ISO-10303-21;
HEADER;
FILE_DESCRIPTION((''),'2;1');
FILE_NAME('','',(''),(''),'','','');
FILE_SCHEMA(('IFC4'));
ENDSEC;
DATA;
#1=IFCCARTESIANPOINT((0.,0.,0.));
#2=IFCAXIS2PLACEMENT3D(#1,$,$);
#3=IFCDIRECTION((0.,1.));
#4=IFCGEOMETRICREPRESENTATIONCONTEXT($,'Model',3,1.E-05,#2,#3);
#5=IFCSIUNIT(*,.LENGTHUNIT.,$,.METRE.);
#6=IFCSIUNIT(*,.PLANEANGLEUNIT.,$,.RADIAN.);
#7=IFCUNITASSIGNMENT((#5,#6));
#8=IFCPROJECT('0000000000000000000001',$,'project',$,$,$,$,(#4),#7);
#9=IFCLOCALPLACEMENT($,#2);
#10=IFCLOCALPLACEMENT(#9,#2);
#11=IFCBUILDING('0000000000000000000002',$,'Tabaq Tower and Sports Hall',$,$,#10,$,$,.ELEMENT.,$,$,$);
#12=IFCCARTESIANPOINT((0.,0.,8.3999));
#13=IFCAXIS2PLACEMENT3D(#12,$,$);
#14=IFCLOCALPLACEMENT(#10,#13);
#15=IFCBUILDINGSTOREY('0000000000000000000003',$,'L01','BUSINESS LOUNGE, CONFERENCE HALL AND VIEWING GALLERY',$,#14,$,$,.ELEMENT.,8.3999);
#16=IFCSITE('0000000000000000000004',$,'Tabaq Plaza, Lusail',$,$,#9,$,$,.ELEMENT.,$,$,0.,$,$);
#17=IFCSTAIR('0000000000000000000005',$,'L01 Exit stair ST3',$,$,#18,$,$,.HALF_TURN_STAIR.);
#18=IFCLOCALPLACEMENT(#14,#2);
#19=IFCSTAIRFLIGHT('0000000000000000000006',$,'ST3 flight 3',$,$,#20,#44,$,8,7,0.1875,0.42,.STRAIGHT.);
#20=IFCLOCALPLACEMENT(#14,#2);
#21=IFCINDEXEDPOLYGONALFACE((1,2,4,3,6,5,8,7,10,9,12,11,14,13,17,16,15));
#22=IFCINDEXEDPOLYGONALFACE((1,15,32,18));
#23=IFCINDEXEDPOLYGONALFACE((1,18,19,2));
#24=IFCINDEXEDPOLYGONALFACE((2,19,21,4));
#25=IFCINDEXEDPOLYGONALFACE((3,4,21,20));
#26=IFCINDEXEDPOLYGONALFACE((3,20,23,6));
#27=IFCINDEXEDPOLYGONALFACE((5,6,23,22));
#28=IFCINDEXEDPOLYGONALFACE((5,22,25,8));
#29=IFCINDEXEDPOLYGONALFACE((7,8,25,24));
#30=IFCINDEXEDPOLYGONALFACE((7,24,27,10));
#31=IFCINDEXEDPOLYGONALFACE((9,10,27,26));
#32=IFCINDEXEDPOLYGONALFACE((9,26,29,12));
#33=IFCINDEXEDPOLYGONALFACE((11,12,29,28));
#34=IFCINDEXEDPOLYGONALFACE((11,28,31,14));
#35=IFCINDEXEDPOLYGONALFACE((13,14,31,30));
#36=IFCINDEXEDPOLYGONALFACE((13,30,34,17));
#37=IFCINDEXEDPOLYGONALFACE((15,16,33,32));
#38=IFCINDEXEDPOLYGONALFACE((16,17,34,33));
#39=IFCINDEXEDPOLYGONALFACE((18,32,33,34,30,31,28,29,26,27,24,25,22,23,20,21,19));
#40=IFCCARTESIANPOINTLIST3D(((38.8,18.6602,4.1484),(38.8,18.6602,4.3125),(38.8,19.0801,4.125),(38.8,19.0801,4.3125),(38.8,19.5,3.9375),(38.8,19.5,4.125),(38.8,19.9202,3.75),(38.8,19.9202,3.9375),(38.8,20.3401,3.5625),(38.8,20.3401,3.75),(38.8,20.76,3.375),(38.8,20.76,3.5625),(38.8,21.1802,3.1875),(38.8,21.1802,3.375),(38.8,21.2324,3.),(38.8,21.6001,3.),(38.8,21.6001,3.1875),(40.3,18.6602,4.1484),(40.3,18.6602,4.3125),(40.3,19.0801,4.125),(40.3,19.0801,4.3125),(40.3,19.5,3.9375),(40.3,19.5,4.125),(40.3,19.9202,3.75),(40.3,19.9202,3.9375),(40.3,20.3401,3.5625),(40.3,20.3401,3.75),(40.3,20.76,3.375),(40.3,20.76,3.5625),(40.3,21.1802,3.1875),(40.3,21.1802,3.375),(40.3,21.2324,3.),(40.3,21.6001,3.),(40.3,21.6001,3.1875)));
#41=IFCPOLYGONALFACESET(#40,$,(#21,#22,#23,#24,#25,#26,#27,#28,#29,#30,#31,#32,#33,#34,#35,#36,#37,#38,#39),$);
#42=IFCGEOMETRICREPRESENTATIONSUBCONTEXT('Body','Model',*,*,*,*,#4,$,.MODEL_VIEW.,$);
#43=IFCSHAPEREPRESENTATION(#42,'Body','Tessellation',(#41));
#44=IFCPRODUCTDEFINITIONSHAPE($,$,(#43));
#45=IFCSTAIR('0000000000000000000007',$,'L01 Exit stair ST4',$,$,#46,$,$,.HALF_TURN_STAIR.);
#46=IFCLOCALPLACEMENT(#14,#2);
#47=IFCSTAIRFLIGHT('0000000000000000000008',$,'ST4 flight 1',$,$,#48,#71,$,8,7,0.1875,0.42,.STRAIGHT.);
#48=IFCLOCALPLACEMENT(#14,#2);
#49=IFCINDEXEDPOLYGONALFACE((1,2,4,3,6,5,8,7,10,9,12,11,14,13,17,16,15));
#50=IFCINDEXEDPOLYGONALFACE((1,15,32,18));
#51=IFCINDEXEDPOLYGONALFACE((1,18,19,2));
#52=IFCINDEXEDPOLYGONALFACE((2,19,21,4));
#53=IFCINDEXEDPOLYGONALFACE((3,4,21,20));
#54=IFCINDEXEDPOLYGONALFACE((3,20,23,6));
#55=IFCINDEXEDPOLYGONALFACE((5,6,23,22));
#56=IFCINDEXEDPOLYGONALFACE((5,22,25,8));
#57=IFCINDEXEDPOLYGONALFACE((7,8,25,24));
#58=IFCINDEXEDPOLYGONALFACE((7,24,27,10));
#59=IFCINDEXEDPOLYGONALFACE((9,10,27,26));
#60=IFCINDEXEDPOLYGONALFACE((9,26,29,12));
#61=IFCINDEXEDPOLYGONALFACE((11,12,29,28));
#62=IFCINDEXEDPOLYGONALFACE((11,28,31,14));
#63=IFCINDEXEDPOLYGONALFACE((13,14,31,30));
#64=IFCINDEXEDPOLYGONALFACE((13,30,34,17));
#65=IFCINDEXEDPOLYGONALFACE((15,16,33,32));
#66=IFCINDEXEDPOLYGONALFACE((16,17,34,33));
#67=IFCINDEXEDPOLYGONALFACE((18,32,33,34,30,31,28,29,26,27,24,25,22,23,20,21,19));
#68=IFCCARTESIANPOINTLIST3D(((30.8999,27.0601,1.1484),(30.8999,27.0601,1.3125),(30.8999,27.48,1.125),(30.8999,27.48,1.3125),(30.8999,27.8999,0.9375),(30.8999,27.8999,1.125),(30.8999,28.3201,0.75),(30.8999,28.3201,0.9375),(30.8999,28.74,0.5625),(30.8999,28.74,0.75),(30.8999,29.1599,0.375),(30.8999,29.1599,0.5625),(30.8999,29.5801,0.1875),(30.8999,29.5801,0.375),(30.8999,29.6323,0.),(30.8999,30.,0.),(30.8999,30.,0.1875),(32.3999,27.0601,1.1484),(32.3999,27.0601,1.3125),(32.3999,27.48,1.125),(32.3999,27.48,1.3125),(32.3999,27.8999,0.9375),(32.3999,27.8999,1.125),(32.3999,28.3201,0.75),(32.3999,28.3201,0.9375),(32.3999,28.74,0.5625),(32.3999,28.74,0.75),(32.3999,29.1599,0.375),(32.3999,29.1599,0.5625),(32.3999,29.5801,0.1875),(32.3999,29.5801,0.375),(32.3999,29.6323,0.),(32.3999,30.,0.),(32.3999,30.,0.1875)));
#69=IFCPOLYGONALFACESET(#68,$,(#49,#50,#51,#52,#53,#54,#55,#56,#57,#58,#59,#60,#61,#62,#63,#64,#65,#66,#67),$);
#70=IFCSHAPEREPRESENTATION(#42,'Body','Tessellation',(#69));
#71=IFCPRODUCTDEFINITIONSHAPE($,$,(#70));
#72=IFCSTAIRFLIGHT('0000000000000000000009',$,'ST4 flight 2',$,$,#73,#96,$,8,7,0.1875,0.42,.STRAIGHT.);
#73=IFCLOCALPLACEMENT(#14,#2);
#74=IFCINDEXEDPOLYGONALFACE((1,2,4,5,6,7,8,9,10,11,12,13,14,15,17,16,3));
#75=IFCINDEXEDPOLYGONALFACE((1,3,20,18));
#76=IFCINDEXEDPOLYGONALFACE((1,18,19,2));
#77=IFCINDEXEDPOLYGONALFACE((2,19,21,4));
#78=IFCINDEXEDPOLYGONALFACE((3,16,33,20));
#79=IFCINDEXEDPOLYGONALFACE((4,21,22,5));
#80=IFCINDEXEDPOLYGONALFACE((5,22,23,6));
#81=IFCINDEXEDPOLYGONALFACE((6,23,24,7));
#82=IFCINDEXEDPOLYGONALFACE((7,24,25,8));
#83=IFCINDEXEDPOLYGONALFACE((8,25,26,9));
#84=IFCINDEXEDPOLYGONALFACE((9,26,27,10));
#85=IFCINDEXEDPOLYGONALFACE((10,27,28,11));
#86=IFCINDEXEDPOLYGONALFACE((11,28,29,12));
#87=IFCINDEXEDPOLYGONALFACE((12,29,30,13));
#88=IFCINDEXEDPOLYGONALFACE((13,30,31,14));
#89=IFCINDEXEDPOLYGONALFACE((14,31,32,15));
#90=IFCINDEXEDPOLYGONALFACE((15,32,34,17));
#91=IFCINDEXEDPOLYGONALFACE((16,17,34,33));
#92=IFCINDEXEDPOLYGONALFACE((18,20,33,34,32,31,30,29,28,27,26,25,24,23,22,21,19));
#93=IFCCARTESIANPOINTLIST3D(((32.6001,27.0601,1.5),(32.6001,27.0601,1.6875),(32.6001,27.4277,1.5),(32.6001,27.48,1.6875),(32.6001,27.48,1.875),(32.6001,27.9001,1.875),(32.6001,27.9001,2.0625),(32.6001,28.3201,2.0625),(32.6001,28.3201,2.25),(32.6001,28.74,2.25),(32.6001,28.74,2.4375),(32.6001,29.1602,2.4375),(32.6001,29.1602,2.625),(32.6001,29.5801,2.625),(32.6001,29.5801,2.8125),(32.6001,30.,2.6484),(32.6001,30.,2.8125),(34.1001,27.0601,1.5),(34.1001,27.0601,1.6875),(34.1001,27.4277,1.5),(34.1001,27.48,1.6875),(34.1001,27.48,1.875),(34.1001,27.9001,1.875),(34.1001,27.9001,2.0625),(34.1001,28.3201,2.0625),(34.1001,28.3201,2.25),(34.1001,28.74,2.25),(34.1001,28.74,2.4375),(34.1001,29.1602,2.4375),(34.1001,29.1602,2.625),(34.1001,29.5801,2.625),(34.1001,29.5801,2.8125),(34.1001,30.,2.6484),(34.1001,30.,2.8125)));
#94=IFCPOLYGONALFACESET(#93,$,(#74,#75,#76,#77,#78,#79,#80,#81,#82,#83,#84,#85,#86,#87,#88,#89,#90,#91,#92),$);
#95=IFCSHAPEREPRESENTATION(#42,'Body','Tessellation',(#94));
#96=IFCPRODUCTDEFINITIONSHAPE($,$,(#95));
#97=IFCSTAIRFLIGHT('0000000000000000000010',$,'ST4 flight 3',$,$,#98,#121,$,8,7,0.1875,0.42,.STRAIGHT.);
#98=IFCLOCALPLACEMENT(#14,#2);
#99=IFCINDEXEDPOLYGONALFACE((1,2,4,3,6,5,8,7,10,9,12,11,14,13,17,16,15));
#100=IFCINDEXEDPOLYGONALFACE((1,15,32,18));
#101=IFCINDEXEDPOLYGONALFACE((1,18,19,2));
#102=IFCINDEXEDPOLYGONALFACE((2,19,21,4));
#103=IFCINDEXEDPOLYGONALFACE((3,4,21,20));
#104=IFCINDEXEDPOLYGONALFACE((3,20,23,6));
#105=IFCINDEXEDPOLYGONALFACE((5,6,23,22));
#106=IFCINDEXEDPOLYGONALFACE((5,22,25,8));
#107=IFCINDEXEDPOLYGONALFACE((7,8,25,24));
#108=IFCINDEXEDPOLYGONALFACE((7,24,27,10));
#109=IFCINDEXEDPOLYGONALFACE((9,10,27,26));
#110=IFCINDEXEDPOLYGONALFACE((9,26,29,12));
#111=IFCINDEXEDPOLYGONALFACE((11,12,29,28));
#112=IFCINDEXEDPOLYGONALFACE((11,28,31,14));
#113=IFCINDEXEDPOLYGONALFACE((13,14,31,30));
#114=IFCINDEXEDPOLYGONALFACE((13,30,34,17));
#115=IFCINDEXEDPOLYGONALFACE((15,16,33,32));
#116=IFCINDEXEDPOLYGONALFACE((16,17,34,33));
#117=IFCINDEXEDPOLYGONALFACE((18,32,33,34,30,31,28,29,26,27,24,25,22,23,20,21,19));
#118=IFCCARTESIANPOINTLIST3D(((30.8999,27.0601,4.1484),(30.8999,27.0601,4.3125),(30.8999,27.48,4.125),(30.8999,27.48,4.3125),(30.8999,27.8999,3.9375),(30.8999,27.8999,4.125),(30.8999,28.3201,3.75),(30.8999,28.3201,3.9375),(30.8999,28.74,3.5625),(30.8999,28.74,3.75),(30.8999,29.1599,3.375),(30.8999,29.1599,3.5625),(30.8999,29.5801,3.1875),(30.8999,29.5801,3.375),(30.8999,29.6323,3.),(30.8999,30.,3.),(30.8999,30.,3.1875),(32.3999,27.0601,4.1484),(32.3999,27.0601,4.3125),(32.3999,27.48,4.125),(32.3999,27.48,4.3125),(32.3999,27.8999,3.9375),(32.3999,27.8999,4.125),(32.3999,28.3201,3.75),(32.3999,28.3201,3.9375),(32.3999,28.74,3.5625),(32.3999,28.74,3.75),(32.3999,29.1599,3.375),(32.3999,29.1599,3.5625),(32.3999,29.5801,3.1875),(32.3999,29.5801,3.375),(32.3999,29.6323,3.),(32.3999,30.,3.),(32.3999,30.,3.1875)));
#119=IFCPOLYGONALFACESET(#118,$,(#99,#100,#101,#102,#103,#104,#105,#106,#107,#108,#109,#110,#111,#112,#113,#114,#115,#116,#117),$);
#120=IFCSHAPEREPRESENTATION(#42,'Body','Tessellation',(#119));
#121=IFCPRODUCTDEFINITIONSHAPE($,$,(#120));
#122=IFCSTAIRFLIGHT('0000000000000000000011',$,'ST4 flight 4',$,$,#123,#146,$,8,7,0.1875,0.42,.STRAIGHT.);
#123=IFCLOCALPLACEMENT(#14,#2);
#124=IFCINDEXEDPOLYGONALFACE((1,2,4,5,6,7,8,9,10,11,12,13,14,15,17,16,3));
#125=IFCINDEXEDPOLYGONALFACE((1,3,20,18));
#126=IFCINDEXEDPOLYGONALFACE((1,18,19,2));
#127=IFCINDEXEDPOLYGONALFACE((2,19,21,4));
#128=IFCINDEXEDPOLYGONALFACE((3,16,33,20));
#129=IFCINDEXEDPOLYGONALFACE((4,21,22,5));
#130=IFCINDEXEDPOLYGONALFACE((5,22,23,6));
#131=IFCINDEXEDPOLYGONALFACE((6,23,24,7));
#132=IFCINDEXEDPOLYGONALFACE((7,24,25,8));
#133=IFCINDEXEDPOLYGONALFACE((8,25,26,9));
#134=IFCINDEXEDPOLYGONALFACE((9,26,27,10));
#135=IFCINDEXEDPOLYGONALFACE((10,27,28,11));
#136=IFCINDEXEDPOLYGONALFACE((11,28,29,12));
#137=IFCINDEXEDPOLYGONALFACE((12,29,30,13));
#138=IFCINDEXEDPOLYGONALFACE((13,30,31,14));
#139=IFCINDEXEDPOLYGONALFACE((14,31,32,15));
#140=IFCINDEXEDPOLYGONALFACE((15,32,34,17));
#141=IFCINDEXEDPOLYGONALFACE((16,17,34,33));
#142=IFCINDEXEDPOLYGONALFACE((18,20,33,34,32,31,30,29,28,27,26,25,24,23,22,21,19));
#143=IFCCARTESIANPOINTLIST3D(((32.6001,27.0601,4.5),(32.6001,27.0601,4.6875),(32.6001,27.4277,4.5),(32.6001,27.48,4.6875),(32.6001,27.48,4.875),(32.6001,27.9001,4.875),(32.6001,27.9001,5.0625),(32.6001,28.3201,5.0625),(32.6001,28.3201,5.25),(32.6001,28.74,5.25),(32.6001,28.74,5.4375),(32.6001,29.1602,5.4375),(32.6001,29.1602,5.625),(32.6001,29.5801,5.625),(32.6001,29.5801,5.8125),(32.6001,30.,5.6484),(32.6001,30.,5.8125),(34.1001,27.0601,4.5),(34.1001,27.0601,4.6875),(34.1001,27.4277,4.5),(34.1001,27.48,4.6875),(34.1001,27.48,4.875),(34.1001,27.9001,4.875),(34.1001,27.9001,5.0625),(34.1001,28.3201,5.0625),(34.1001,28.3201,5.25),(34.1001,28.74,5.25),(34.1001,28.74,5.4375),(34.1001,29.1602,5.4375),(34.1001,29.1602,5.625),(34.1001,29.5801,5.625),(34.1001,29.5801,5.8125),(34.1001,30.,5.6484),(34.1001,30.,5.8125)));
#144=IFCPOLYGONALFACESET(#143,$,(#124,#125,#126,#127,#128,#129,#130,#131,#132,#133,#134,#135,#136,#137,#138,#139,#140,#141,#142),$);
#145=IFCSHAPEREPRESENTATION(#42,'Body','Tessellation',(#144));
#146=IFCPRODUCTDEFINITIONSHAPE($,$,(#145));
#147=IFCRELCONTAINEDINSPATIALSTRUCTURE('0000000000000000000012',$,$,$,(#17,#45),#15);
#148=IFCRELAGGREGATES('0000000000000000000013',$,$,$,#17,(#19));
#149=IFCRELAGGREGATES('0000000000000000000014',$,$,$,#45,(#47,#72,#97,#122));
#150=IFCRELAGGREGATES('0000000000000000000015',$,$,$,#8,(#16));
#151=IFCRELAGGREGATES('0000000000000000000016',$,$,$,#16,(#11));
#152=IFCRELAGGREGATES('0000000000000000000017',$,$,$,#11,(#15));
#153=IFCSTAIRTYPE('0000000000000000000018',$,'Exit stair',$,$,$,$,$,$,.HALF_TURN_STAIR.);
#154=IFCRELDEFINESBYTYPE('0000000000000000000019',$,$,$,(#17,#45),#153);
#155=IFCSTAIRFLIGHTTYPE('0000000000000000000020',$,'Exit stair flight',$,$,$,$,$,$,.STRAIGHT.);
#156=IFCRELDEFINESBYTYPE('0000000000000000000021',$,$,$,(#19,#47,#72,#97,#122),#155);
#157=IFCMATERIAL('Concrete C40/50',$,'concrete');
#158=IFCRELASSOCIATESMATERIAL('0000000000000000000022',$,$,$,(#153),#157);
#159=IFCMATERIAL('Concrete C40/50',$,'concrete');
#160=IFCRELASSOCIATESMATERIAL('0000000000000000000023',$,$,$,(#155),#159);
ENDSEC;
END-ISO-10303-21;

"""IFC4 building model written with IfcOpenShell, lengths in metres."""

from ifc_helpers import new_model, si_unit, direction, frame, origin, place, context, subcontext, project, spatial, polyline, outline, extrude, material, type_object, element, aggregate, save


model = new_model("IFC4")

# Units and contexts
model_context = context("Model", 3, precision=1e-05, world=origin(), true_north=direction((0.0, 1.0)))
body_context = subcontext(model_context, "Body", "Model", "MODEL_VIEW")
ifc_project = project(units=[si_unit("LENGTHUNIT", "METRE"), si_unit("PLANEANGLEUNIT", "RADIAN")], contexts=[model_context])

# Site, building, storey
site_placement = place(None, origin())
site = spatial("IfcSite", under=ifc_project, at=site_placement, Name="Tabaq Plaza, Lusail", CompositionType="ELEMENT", RefElevation=0.0)
building_placement = place(site_placement, origin())
building = spatial("IfcBuilding", under=site, at=building_placement, Name="Tabaq Tower and Sports Hall", CompositionType="ELEMENT")
storey_placement = place(building_placement, frame((0.0, 0.0, 8.3999)))
storey = spatial("IfcBuildingStorey", under=building, at=storey_placement, Name="L01", Description="BUSINESS LOUNGE, CONFERENCE HALL AND VIEWING GALLERY", CompositionType="ELEMENT", Elevation=8.3999)

# Stairs, stair flights
ifc_material_1 = material(Name="Concrete C40/50", Category="concrete")
stair_type = type_object("IfcStairType", Name="Exit stair", PredefinedType="HALF_TURN_STAIR", material=ifc_material_1)
stair_1_placement = place(storey_placement, origin())
stair_1 = element("IfcStair", 1, at=stair_1_placement, inside=storey, type_object=stair_type, Name="L01 Exit stair ST3", PredefinedType="HALF_TURN_STAIR")
ifc_material_2 = material(Name="Concrete C40/50", Category="concrete")
stair_flight_type = type_object("IfcStairFlightType", Name="Exit stair flight", PredefinedType="STRAIGHT", material=ifc_material_2)
stair_flight_1_placement = place(storey_placement, frame((39.55, 21.6001, 3.0), z_axis=(0.0, 0.0, 1.0), x_axis=(0.0, -1.0, 0.0)))
stair_flight_1 = element("IfcStairFlight", 2, at=stair_flight_1_placement, type_object=stair_flight_type, Name="ST3 flight 3", NumberOfRisers=8, NumberOfTreads=7, PredefinedType="STRAIGHT", RiserHeight=0.1875, TreadLength=0.42, context=body_context, shape_type="SweptSolid", body=[
    extrude(outline(polyline([(0.0, 0.0), (0.0, 0.1875), (0.4199, 0.1875), (0.4199, 0.375), (0.8401, 0.375), (0.8401, 0.5625), (1.26, 0.5625), (1.26, 0.75), (1.6799, 0.75), (1.6799, 0.9375), (2.1001, 0.9375), (2.1001, 1.125), (2.52, 1.125), (2.52, 1.3125), (2.9399, 1.3125), (2.9399, 1.5), (2.9399, 1.1484), (0.3677, 0.0), (0.0, 0.0)])), frame((0.0, 0.75, 0.0), z_axis=(0.0, -1.0, 0.0), x_axis=(1.0, 0.0, 0.0)), (0.0, 0.0, 1.0), 1.5),
])
aggregate(stair_1, [stair_flight_1])
stair_2_placement = place(storey_placement, origin())
stair_2 = element("IfcStair", 3, at=stair_2_placement, inside=storey, type_object=stair_type, Name="L01 Exit stair ST4", PredefinedType="HALF_TURN_STAIR")
stair_flight_2_placement = place(storey_placement, frame((31.6499, 30.0, 0.0), z_axis=(0.0, 0.0, 1.0), x_axis=(0.0, -1.0, 0.0)))
stair_flight_2 = element("IfcStairFlight", 4, at=stair_flight_2_placement, type_object=stair_flight_type, Name="ST4 flight 1", NumberOfRisers=8, NumberOfTreads=7, PredefinedType="STRAIGHT", RiserHeight=0.1875, TreadLength=0.42, context=body_context, shape_type="SweptSolid", body=[
    extrude(outline(polyline([(0.0, 0.0), (0.0, 0.1875), (0.4199, 0.1875), (0.4199, 0.375), (0.8401, 0.375), (0.8401, 0.5625), (1.26, 0.5625), (1.26, 0.75), (1.6799, 0.75), (1.6799, 0.9375), (2.1001, 0.9375), (2.1001, 1.125), (2.52, 1.125), (2.52, 1.3125), (2.9399, 1.3125), (2.9399, 1.5), (2.9399, 1.1484), (0.3677, 0.0), (0.0, 0.0)])), frame((0.0, 0.75, 0.0), z_axis=(0.0, -1.0, 0.0), x_axis=(1.0, 0.0, 0.0)), (0.0, 0.0, 1.0), 1.5),
])
stair_flight_3_placement = place(storey_placement, frame((33.3501, 27.0601, 1.5), z_axis=(0.0, 0.0, 1.0), x_axis=(0.0, 1.0, 0.0)))
stair_flight_3 = element("IfcStairFlight", 5, at=stair_flight_3_placement, type_object=stair_flight_type, Name="ST4 flight 2", NumberOfRisers=8, NumberOfTreads=7, PredefinedType="STRAIGHT", RiserHeight=0.1875, TreadLength=0.42, context=body_context, shape_type="SweptSolid", body=[
    extrude(outline(polyline([(0.0, 0.0), (0.0, 0.1875), (0.4199, 0.1875), (0.4199, 0.375), (0.8401, 0.375), (0.8401, 0.5625), (1.26, 0.5625), (1.26, 0.75), (1.6799, 0.75), (1.6799, 0.9375), (2.1001, 0.9375), (2.1001, 1.125), (2.52, 1.125), (2.52, 1.3125), (2.9399, 1.3125), (2.9399, 1.5), (2.9399, 1.1484), (0.3677, 0.0), (0.0, 0.0)])), frame((0.0, 0.75, 0.0), z_axis=(0.0, -1.0, 0.0), x_axis=(1.0, 0.0, 0.0)), (0.0, 0.0, 1.0), 1.5),
])
stair_flight_4_placement = place(storey_placement, frame((31.6499, 30.0, 3.0), z_axis=(0.0, 0.0, 1.0), x_axis=(0.0, -1.0, 0.0)))
stair_flight_4 = element("IfcStairFlight", 6, at=stair_flight_4_placement, type_object=stair_flight_type, Name="ST4 flight 3", NumberOfRisers=8, NumberOfTreads=7, PredefinedType="STRAIGHT", RiserHeight=0.1875, TreadLength=0.42, context=body_context, shape_type="SweptSolid", body=[
    extrude(outline(polyline([(0.0, 0.0), (0.0, 0.1875), (0.4199, 0.1875), (0.4199, 0.375), (0.8401, 0.375), (0.8401, 0.5625), (1.26, 0.5625), (1.26, 0.75), (1.6799, 0.75), (1.6799, 0.9375), (2.1001, 0.9375), (2.1001, 1.125), (2.52, 1.125), (2.52, 1.3125), (2.9399, 1.3125), (2.9399, 1.5), (2.9399, 1.1484), (0.3677, 0.0), (0.0, 0.0)])), frame((0.0, 0.75, 0.0), z_axis=(0.0, -1.0, 0.0), x_axis=(1.0, 0.0, 0.0)), (0.0, 0.0, 1.0), 1.5),
])
stair_flight_5_placement = place(storey_placement, frame((33.3501, 27.0601, 4.5), z_axis=(0.0, 0.0, 1.0), x_axis=(0.0, 1.0, 0.0)))
stair_flight_5 = element("IfcStairFlight", 7, at=stair_flight_5_placement, type_object=stair_flight_type, Name="ST4 flight 4", NumberOfRisers=8, NumberOfTreads=7, PredefinedType="STRAIGHT", RiserHeight=0.1875, TreadLength=0.42, context=body_context, shape_type="SweptSolid", body=[
    extrude(outline(polyline([(0.0, 0.0), (0.0, 0.1875), (0.4199, 0.1875), (0.4199, 0.375), (0.8401, 0.375), (0.8401, 0.5625), (1.26, 0.5625), (1.26, 0.75), (1.6799, 0.75), (1.6799, 0.9375), (2.1001, 0.9375), (2.1001, 1.125), (2.52, 1.125), (2.52, 1.3125), (2.9399, 1.3125), (2.9399, 1.5), (2.9399, 1.1484), (0.3677, 0.0), (0.0, 0.0)])), frame((0.0, 0.75, 0.0), z_axis=(0.0, -1.0, 0.0), x_axis=(1.0, 0.0, 0.0)), (0.0, 0.0, 1.0), 1.5),
])
aggregate(stair_2, [stair_flight_2, stair_flight_3, stair_flight_4, stair_flight_5])

save(model, "model.ifc")
